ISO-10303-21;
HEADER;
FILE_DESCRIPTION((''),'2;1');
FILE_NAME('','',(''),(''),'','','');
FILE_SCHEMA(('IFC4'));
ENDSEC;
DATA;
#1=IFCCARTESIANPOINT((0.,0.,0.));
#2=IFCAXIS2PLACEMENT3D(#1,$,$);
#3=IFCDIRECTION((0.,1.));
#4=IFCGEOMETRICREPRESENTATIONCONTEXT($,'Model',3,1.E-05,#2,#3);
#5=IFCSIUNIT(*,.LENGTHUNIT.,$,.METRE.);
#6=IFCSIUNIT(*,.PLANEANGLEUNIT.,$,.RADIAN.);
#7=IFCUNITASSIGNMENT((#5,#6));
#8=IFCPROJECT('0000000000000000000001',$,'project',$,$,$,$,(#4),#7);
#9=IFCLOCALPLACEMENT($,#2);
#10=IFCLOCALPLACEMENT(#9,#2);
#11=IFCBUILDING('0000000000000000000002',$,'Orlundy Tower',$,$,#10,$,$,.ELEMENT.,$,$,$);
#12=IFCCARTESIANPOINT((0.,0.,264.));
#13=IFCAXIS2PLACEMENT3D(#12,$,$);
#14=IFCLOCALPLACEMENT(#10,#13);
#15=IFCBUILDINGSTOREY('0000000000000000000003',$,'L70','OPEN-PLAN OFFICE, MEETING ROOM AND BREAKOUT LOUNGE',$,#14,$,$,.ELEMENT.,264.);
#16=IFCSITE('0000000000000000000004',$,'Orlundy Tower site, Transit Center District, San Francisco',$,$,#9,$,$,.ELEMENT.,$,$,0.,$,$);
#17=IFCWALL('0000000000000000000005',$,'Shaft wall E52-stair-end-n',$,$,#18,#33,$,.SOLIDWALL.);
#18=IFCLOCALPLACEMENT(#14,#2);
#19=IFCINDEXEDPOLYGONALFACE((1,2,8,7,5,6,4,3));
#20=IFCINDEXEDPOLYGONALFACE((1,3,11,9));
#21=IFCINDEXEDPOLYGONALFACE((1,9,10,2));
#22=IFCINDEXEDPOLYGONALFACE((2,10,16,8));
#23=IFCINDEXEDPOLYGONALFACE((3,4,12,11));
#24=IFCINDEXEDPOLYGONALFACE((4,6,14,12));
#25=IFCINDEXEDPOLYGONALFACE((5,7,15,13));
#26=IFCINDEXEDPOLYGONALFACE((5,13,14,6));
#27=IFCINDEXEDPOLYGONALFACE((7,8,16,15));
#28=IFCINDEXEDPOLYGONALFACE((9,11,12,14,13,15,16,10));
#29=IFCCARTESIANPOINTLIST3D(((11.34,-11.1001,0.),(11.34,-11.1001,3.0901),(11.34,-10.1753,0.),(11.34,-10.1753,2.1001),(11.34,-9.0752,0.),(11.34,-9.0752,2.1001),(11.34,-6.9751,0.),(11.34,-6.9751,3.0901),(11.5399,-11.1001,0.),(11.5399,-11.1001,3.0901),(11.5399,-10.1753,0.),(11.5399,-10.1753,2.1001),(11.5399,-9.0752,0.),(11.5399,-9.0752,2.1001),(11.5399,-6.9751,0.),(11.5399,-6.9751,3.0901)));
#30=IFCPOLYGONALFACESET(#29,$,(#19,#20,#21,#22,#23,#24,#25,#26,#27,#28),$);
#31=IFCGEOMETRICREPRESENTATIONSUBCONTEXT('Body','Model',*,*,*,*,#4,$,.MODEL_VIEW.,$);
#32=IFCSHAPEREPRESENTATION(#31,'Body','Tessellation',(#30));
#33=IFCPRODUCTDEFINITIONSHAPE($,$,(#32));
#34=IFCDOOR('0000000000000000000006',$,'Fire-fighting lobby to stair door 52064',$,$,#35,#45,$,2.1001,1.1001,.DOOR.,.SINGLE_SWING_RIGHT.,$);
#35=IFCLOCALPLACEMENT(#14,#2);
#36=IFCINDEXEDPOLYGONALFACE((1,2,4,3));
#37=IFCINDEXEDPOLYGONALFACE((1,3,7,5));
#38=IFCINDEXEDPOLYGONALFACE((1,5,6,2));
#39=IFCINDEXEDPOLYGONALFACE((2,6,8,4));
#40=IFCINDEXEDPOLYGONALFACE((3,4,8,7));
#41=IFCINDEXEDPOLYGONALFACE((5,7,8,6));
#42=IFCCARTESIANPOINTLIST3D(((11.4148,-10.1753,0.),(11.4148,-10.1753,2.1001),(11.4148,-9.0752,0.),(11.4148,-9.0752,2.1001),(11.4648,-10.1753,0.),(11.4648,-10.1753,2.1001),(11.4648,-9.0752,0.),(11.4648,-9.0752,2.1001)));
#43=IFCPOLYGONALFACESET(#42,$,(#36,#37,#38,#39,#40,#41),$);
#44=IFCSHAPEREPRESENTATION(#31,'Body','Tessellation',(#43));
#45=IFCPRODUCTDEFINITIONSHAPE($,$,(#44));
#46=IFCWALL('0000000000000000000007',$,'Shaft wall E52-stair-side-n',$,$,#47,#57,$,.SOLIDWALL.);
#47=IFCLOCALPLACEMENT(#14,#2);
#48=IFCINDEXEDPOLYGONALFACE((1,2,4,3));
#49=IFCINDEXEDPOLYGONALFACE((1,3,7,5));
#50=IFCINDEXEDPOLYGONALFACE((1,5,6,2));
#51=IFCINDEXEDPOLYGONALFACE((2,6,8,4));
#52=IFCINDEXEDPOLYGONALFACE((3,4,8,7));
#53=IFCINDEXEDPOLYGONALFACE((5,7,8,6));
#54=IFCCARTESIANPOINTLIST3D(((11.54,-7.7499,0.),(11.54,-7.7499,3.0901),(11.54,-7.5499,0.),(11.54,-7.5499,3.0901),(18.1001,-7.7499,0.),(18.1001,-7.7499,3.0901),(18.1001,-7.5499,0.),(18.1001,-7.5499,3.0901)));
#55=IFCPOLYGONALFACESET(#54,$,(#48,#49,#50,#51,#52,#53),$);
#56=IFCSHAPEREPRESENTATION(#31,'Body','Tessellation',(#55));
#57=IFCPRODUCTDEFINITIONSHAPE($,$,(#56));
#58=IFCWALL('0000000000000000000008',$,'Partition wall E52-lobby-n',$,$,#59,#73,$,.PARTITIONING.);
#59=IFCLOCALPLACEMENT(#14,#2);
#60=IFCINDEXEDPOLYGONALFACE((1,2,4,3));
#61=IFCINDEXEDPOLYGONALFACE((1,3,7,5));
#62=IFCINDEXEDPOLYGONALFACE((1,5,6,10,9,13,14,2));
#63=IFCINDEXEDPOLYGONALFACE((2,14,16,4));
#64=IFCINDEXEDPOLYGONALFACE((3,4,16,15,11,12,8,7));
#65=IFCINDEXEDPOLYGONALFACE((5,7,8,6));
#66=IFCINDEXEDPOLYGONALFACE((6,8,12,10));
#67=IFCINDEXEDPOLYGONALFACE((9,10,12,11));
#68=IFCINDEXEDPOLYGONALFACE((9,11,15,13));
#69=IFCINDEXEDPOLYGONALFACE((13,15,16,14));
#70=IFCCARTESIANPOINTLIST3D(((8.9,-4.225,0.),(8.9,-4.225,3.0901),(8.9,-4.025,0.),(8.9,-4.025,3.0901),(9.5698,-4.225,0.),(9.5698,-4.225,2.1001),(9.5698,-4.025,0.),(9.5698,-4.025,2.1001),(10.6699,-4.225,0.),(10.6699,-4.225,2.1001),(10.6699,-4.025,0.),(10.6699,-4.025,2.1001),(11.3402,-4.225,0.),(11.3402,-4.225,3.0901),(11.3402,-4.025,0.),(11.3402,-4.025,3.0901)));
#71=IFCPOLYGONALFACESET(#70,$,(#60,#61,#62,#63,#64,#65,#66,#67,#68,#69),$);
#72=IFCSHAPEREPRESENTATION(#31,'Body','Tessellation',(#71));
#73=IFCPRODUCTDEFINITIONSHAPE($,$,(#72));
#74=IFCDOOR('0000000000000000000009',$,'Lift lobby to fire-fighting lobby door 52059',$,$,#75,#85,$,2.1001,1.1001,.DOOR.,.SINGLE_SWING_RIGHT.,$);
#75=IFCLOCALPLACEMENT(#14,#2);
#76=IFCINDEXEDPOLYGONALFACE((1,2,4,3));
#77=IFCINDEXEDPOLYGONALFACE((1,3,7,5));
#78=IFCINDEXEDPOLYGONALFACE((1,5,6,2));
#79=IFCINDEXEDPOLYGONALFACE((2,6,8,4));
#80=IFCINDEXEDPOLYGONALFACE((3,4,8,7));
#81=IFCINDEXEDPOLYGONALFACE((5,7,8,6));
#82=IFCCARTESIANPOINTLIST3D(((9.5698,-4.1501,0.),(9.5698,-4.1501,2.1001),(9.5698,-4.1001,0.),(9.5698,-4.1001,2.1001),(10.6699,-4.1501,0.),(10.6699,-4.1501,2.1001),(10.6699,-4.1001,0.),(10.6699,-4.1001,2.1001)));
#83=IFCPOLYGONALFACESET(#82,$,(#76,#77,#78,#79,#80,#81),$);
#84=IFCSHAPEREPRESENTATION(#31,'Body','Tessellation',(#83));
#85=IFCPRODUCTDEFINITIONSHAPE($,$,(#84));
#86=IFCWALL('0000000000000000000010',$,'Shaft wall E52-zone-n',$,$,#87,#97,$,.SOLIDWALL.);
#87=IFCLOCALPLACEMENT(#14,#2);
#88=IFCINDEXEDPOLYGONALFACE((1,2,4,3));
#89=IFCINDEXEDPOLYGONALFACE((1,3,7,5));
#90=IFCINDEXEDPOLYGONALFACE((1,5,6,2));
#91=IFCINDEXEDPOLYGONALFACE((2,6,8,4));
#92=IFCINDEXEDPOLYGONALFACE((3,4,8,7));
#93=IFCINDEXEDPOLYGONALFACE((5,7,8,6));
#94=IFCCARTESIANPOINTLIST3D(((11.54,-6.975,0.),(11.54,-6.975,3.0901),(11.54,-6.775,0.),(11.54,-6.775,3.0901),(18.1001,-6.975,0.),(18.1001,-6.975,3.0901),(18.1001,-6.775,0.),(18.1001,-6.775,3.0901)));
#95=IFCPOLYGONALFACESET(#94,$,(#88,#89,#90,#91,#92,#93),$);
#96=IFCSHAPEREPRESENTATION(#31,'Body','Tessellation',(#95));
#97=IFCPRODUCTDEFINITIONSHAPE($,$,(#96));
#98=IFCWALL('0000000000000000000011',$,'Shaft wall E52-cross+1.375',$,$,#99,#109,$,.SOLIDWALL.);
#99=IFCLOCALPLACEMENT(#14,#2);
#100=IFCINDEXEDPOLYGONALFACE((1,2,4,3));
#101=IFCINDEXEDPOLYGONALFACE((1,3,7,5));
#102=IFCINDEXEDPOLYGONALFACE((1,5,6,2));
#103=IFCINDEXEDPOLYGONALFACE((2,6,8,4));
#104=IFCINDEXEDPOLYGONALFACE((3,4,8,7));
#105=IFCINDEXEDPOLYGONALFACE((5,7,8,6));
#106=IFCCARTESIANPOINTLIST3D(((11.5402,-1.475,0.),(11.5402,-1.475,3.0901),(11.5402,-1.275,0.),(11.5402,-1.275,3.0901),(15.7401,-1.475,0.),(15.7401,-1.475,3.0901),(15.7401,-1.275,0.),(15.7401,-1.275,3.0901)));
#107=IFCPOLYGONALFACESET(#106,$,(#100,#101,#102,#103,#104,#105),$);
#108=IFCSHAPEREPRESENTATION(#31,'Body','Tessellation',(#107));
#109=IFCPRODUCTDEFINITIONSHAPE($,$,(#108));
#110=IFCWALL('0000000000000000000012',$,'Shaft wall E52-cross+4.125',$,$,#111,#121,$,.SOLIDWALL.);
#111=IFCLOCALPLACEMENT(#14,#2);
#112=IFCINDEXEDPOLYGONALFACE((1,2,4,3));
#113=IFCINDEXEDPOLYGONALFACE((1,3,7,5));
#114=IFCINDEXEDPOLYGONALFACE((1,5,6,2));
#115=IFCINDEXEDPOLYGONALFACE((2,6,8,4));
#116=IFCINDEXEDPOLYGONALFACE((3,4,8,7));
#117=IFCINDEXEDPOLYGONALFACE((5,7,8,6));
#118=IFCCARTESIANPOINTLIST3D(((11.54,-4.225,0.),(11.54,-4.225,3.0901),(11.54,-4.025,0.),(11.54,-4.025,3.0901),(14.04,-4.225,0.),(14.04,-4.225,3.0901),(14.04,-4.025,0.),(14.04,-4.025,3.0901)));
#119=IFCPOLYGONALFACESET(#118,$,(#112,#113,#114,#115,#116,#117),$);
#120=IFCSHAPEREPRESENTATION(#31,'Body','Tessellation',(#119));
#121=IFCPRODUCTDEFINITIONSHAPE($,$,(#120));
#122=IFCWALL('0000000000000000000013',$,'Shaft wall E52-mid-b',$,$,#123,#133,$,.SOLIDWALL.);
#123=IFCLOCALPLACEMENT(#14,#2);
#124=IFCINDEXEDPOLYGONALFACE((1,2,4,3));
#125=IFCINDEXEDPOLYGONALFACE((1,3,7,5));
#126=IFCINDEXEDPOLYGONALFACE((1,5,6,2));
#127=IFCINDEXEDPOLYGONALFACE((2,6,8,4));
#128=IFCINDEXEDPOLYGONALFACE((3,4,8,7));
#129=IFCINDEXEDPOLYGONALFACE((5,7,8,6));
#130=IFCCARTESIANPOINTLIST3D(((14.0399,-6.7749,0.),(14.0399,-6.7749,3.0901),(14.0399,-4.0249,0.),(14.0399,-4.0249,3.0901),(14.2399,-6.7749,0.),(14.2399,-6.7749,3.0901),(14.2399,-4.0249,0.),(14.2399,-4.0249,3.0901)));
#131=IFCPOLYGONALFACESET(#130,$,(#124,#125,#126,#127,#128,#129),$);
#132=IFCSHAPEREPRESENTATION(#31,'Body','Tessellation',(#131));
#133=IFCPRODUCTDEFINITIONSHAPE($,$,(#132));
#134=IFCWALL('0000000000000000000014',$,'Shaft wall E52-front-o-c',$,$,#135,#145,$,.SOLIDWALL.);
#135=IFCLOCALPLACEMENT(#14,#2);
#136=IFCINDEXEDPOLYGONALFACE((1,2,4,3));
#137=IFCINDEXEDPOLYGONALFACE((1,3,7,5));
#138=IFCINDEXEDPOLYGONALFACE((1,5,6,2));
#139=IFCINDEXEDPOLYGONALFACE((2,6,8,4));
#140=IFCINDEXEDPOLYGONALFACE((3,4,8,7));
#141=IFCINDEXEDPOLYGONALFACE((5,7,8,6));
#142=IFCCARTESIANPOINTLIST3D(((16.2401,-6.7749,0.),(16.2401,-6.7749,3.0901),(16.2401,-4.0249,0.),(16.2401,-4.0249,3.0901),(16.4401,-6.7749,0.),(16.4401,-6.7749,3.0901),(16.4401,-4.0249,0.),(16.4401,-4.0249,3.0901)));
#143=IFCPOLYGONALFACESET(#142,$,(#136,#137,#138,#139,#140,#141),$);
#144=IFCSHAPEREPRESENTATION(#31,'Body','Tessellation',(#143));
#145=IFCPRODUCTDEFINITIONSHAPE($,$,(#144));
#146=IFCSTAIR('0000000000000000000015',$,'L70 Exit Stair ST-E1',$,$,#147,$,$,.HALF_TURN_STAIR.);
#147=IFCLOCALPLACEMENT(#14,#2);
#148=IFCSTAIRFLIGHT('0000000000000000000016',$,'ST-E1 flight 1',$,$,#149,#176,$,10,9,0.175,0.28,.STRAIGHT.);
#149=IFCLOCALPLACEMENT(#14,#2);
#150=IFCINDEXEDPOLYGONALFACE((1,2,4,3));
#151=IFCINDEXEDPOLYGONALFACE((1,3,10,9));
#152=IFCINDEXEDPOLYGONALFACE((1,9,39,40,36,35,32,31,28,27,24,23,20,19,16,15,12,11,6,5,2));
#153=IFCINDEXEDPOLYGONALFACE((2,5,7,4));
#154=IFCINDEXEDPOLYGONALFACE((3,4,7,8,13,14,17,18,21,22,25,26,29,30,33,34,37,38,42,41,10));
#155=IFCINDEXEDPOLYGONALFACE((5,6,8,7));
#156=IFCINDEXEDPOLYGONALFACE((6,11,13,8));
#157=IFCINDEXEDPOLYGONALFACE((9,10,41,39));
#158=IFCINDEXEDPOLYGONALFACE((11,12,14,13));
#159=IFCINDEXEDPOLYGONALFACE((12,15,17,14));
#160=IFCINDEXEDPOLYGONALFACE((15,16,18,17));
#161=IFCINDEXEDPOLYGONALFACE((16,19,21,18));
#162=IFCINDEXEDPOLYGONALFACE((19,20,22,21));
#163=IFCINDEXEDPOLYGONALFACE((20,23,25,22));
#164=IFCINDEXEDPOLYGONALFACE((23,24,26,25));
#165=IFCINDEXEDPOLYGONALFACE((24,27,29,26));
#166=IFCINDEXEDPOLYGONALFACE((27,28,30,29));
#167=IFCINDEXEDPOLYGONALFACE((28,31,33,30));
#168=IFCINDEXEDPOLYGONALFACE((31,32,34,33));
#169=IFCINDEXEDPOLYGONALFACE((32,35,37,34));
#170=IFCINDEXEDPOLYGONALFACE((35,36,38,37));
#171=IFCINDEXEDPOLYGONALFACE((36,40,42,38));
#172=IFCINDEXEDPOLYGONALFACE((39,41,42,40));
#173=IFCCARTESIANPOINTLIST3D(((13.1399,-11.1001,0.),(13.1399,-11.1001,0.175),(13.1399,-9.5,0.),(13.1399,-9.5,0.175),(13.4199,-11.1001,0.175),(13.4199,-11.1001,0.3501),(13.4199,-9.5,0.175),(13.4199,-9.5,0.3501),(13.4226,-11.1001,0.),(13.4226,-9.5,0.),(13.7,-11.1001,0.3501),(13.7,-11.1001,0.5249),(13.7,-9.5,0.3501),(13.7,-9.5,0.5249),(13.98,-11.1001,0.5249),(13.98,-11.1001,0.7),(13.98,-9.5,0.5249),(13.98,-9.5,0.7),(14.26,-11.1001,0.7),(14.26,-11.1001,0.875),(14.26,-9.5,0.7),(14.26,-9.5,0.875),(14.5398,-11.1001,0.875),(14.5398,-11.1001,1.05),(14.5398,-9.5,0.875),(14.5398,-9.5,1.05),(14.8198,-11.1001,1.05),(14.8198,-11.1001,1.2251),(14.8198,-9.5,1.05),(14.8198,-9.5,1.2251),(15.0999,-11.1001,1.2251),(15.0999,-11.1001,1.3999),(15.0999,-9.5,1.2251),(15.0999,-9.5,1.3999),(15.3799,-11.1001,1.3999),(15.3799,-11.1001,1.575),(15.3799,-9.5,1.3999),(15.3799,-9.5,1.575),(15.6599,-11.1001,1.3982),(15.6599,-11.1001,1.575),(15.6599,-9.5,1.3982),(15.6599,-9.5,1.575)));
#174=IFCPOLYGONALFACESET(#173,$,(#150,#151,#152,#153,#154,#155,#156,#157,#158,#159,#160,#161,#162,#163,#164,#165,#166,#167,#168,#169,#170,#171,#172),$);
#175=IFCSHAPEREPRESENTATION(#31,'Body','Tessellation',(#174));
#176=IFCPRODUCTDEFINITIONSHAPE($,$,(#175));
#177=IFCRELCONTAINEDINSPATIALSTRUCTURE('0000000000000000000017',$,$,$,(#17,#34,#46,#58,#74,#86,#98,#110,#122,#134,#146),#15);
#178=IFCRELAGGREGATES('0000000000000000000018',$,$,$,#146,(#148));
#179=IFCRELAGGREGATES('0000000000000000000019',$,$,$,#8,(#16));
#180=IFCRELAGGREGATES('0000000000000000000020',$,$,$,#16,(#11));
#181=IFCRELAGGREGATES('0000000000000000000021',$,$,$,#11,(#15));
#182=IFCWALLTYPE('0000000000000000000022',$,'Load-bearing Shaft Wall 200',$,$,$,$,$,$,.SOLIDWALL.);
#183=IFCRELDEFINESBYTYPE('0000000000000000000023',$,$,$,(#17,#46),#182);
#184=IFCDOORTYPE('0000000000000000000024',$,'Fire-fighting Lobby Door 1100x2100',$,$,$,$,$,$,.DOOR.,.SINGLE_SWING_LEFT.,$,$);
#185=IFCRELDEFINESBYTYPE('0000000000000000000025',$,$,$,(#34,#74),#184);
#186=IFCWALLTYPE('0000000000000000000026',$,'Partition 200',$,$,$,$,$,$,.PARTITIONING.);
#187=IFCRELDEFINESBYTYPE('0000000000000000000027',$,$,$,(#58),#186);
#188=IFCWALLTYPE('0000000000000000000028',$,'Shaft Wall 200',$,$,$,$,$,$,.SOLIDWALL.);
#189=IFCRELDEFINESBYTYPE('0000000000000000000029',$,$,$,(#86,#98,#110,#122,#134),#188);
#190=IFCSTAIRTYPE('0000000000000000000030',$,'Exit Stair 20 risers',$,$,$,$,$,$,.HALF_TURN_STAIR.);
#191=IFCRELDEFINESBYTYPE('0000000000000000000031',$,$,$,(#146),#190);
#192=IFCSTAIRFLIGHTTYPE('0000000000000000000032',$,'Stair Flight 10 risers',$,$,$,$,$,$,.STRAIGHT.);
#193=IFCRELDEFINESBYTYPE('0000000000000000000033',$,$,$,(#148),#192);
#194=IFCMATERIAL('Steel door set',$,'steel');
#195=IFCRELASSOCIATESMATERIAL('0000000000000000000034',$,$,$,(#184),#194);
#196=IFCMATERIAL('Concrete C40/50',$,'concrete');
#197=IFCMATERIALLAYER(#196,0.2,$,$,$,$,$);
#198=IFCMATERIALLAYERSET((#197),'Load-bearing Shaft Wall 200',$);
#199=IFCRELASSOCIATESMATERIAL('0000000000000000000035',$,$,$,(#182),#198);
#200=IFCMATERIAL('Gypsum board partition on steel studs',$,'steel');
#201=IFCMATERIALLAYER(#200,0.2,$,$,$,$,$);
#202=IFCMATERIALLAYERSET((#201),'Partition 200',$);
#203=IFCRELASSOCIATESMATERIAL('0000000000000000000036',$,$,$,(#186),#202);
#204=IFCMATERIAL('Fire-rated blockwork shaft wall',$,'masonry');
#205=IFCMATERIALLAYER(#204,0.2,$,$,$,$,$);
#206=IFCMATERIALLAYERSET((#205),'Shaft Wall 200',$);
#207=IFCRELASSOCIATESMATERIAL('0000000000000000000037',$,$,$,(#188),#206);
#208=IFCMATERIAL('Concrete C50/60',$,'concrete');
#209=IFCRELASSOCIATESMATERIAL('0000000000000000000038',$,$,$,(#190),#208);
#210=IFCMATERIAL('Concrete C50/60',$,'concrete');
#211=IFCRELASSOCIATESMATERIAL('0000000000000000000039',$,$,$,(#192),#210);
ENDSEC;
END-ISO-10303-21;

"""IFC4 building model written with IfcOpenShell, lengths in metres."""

from ifc_helpers import new_model, si_unit, direction, frame, frame_2d, origin, place, context, subcontext, project, spatial, polyline, rectangle, outline, extrude, material, layer, layer_set, type_object, element, fill, aggregate, save


model = new_model("IFC4")

# Units and contexts
model_context = context("Model", 3, precision=1e-05, world=origin(), true_north=direction((0.0, 1.0)))
body_context = subcontext(model_context, "Body", "Model", "MODEL_VIEW")
ifc_project = project(units=[si_unit("LENGTHUNIT", "METRE"), si_unit("PLANEANGLEUNIT", "RADIAN")], contexts=[model_context])

# Site, building, storey
site_placement = place(None, origin())
site = spatial("IfcSite", under=ifc_project, at=site_placement, Name="Orlundy Tower site, Transit Center District, San Francisco", CompositionType="ELEMENT", RefElevation=0.0)
building_placement = place(site_placement, origin())
building = spatial("IfcBuilding", under=site, at=building_placement, Name="Orlundy Tower", CompositionType="ELEMENT")
storey_placement = place(building_placement, frame((0.0, 0.0, 264.0)))
storey = spatial("IfcBuildingStorey", under=building, at=storey_placement, Name="L70", Description="OPEN-PLAN OFFICE, MEETING ROOM AND BREAKOUT LOUNGE", CompositionType="ELEMENT", Elevation=264.0)

# Shared definitions
ifc_material_1 = material(Name="Steel door set", Category="steel")
door_type_1 = type_object("IfcDoorType", Name="Fire-fighting Lobby Door 1100x2100", OperationType="SINGLE_SWING_LEFT", PredefinedType="DOOR", material=ifc_material_1)

# Wall, opening, door
ifc_material_2 = material(Name="Concrete C40/50", Category="concrete")
ifc_layer_1 = layer(ifc_material_2, 0.2)
ifc_layer_set_1 = layer_set([ifc_layer_1], Name="Load-bearing Shaft Wall 200")
wall_type_1 = type_object("IfcWallType", Name="Load-bearing Shaft Wall 200", PredefinedType="SOLIDWALL", material=ifc_layer_set_1)
wall_1_placement = place(storey_placement, frame((11.4399, -6.9751, 0.0), z_axis=(0.0, 0.0, 1.0), x_axis=(0.0, -1.0, 0.0)))
wall_1 = element("IfcWall", 1, at=wall_1_placement, inside=storey, type_object=wall_type_1, Name="Shaft wall E52-stair-end-n", PredefinedType="SOLIDWALL", context=body_context, shape_type="SweptSolid", body=[
    extrude(rectangle(XDim=4.125, YDim=0.2, at=frame_2d((2.0625, 0.0))), origin(), (0.0, 0.0, 1.0), 3.0901),
])
opening_1_placement = place(wall_1_placement, frame((2.1001, 0.0, 0.0)))
opening_1 = element("IfcOpeningElement", 2, at=opening_1_placement, cuts=wall_1, PredefinedType="OPENING", context=body_context, shape_type="SweptSolid", body=[
    extrude(rectangle(XDim=1.1001, YDim=2.1001, at=frame_2d((0.55, 1.05))), frame((0.0, 0.1101, 0.0), z_axis=(0.0, -1.0, 0.0), x_axis=(1.0, 0.0, 0.0)), (0.0, 0.0, 1.0), 0.2202),
])
door_1_placement = place(opening_1_placement, origin())
door_1 = element("IfcDoor", 3, at=door_1_placement, inside=storey, type_object=door_type_1, Name="Fire-fighting lobby to stair door 52064", OperationType="SINGLE_SWING_RIGHT", OverallHeight=2.1001, OverallWidth=1.1001, PredefinedType="DOOR", context=body_context, shape_type="SweptSolid", body=[
    extrude(rectangle(XDim=1.1001, YDim=2.1001, at=frame_2d((0.55, 1.05))), frame((0.0, 0.0249, 0.0), z_axis=(0.0, -1.0, 0.0), x_axis=(1.0, 0.0, 0.0)), (0.0, 0.0, 1.0), 0.05),
])
fill(opening_1, door_1)

# Wall
wall_2_placement = place(storey_placement, frame((11.54, -7.6499, 0.0), z_axis=(0.0, 0.0, 1.0), x_axis=(1.0, 0.0, 0.0)))
element("IfcWall", 4, at=wall_2_placement, inside=storey, type_object=wall_type_1, Name="Shaft wall E52-stair-side-n", PredefinedType="SOLIDWALL", context=body_context, shape_type="SweptSolid", body=[
    extrude(rectangle(XDim=6.5601, YDim=0.2, at=frame_2d((3.28, 0.0))), origin(), (0.0, 0.0, 1.0), 3.0901),
])

# Wall, opening, door
ifc_material_3 = material(Name="Gypsum board partition on steel studs", Category="steel")
ifc_layer_2 = layer(ifc_material_3, 0.2)
ifc_layer_set_2 = layer_set([ifc_layer_2], Name="Partition 200")
wall_type_2 = type_object("IfcWallType", Name="Partition 200", PredefinedType="PARTITIONING", material=ifc_layer_set_2)
wall_3_placement = place(storey_placement, frame((8.8999, -4.125, 0.0), z_axis=(0.0, 0.0, 1.0), x_axis=(1.0, 0.0, 0.0)))
wall_3 = element("IfcWall", 5, at=wall_3_placement, inside=storey, type_object=wall_type_2, Name="Partition wall E52-lobby-n", PredefinedType="PARTITIONING", context=body_context, shape_type="SweptSolid", body=[
    extrude(rectangle(XDim=2.4402, YDim=0.2, at=frame_2d((1.2202, 0.0))), origin(), (0.0, 0.0, 1.0), 3.0901),
])
opening_2_placement = place(wall_3_placement, frame((0.6699, 0.0, 0.0)))
opening_2 = element("IfcOpeningElement", 6, at=opening_2_placement, cuts=wall_3, PredefinedType="OPENING", context=body_context, shape_type="SweptSolid", body=[
    extrude(rectangle(XDim=1.1001, YDim=2.1001, at=frame_2d((0.55, 1.05))), frame((0.0, 0.1101, 0.0), z_axis=(0.0, -1.0, 0.0), x_axis=(1.0, 0.0, 0.0)), (0.0, 0.0, 1.0), 0.2202),
])
door_2_placement = place(opening_2_placement, origin())
door_2 = element("IfcDoor", 7, at=door_2_placement, inside=storey, type_object=door_type_1, Name="Lift lobby to fire-fighting lobby door 52059", OperationType="SINGLE_SWING_RIGHT", OverallHeight=2.1001, OverallWidth=1.1001, PredefinedType="DOOR", context=body_context, shape_type="SweptSolid", body=[
    extrude(rectangle(XDim=1.1001, YDim=2.1001, at=frame_2d((0.55, 1.05))), frame((0.0, 0.0249, 0.0), z_axis=(0.0, -1.0, 0.0), x_axis=(1.0, 0.0, 0.0)), (0.0, 0.0, 1.0), 0.05),
])
fill(opening_2, door_2)

# Walls
ifc_material_4 = material(Name="Fire-rated blockwork shaft wall", Category="masonry")
ifc_layer_3 = layer(ifc_material_4, 0.2)
ifc_layer_set_3 = layer_set([ifc_layer_3], Name="Shaft Wall 200")
wall_type_3 = type_object("IfcWallType", Name="Shaft Wall 200", PredefinedType="SOLIDWALL", material=ifc_layer_set_3)
wall_4_placement = place(storey_placement, frame((11.54, -6.875, 0.0), z_axis=(0.0, 0.0, 1.0), x_axis=(1.0, 0.0, 0.0)))
element("IfcWall", 8, at=wall_4_placement, inside=storey, type_object=wall_type_3, Name="Shaft wall E52-zone-n", PredefinedType="SOLIDWALL", context=body_context, shape_type="SweptSolid", body=[
    extrude(rectangle(XDim=6.5601, YDim=0.2, at=frame_2d((3.28, 0.0))), origin(), (0.0, 0.0, 1.0), 3.0901),
])
wall_5_placement = place(storey_placement, frame((11.54, -1.375, 0.0), z_axis=(0.0, 0.0, 1.0), x_axis=(1.0, 0.0, 0.0)))
element("IfcWall", 9, at=wall_5_placement, inside=storey, type_object=wall_type_3, Name="Shaft wall E52-cross+1.375", PredefinedType="SOLIDWALL", context=body_context, shape_type="SweptSolid", body=[
    extrude(rectangle(XDim=4.2, YDim=0.2, at=frame_2d((2.1001, 0.0))), origin(), (0.0, 0.0, 1.0), 3.0901),
])
wall_6_placement = place(storey_placement, frame((11.54, -4.125, 0.0), z_axis=(0.0, 0.0, 1.0), x_axis=(1.0, 0.0, 0.0)))
element("IfcWall", 10, at=wall_6_placement, inside=storey, type_object=wall_type_3, Name="Shaft wall E52-cross+4.125", PredefinedType="SOLIDWALL", context=body_context, shape_type="SweptSolid", body=[
    extrude(rectangle(XDim=2.5, YDim=0.2, at=frame_2d((1.25, 0.0))), origin(), (0.0, 0.0, 1.0), 3.0901),
])
for number, where, z_axis, x_axis, name in (
    (11, (14.1399, -4.0249, 0.0), (0.0, 0.0, 1.0), (0.0, -1.0, 0.0), "Shaft wall E52-mid-b"),
    (12, (16.3401, -4.0249, 0.0), (0.0, 0.0, 1.0), (0.0, -1.0, 0.0), "Shaft wall E52-front-o-c"),
):
    element("IfcWall", number, at=place(storey_placement, frame(where, z_axis=z_axis, x_axis=x_axis)), inside=storey, type_object=wall_type_3, Name=name, PredefinedType="SOLIDWALL", context=body_context, shape_type="SweptSolid", body=[
        extrude(rectangle(XDim=2.75, YDim=0.2, at=frame_2d((1.375, 0.0))), origin(), (0.0, 0.0, 1.0), 3.0901),
    ])

# Stair, stair flight
ifc_material_5 = material(Name="Concrete C50/60", Category="concrete")
stair_type = type_object("IfcStairType", Name="Exit Stair 20 risers", PredefinedType="HALF_TURN_STAIR", material=ifc_material_5)
stair_placement = place(storey_placement, origin())
stair = element("IfcStair", 13, at=stair_placement, inside=storey, type_object=stair_type, Name="L70 Exit Stair ST-E1", PredefinedType="HALF_TURN_STAIR")
ifc_material_6 = material(Name="Concrete C50/60", Category="concrete")
stair_flight_type = type_object("IfcStairFlightType", Name="Stair Flight 10 risers", PredefinedType="STRAIGHT", material=ifc_material_6)
stair_flight_1_placement = place(storey_placement, frame((13.1399, -10.3, 0.0), z_axis=(0.0, 0.0, 1.0), x_axis=(1.0, 0.0, 0.0)))
stair_flight_1 = element("IfcStairFlight", 14, at=stair_flight_1_placement, type_object=stair_flight_type, Name="ST-E1 flight 1", NumberOfRisers=10, NumberOfTreads=9, PredefinedType="STRAIGHT", RiserHeight=0.175, TreadLength=0.28, context=body_context, shape_type="SweptSolid", body=[
    extrude(outline(polyline([(0.0, 0.0), (0.0, 0.175), (0.28, 0.175), (0.28, 0.3501), (0.5601, 0.3501), (0.5601, 0.5249), (0.8401, 0.5249), (0.8401, 0.7), (1.1201, 0.7), (1.1201, 0.875), (1.3999, 0.875), (1.3999, 1.05), (1.6799, 1.05), (1.6799, 1.2251), (1.96, 1.2251), (1.96, 1.3999), (2.24, 1.3999), (2.24, 1.575), (2.52, 1.575), (2.52, 1.75), (2.52, 1.3982), (0.2827, 0.0), (0.0, 0.0)])), frame((0.0, 0.8, 0.0), z_axis=(0.0, -1.0, 0.0), x_axis=(1.0, 0.0, 0.0)), (0.0, 0.0, 1.0), 1.6001),
])
aggregate(stair, [stair_flight_1])

save(model, "model.ifc")
